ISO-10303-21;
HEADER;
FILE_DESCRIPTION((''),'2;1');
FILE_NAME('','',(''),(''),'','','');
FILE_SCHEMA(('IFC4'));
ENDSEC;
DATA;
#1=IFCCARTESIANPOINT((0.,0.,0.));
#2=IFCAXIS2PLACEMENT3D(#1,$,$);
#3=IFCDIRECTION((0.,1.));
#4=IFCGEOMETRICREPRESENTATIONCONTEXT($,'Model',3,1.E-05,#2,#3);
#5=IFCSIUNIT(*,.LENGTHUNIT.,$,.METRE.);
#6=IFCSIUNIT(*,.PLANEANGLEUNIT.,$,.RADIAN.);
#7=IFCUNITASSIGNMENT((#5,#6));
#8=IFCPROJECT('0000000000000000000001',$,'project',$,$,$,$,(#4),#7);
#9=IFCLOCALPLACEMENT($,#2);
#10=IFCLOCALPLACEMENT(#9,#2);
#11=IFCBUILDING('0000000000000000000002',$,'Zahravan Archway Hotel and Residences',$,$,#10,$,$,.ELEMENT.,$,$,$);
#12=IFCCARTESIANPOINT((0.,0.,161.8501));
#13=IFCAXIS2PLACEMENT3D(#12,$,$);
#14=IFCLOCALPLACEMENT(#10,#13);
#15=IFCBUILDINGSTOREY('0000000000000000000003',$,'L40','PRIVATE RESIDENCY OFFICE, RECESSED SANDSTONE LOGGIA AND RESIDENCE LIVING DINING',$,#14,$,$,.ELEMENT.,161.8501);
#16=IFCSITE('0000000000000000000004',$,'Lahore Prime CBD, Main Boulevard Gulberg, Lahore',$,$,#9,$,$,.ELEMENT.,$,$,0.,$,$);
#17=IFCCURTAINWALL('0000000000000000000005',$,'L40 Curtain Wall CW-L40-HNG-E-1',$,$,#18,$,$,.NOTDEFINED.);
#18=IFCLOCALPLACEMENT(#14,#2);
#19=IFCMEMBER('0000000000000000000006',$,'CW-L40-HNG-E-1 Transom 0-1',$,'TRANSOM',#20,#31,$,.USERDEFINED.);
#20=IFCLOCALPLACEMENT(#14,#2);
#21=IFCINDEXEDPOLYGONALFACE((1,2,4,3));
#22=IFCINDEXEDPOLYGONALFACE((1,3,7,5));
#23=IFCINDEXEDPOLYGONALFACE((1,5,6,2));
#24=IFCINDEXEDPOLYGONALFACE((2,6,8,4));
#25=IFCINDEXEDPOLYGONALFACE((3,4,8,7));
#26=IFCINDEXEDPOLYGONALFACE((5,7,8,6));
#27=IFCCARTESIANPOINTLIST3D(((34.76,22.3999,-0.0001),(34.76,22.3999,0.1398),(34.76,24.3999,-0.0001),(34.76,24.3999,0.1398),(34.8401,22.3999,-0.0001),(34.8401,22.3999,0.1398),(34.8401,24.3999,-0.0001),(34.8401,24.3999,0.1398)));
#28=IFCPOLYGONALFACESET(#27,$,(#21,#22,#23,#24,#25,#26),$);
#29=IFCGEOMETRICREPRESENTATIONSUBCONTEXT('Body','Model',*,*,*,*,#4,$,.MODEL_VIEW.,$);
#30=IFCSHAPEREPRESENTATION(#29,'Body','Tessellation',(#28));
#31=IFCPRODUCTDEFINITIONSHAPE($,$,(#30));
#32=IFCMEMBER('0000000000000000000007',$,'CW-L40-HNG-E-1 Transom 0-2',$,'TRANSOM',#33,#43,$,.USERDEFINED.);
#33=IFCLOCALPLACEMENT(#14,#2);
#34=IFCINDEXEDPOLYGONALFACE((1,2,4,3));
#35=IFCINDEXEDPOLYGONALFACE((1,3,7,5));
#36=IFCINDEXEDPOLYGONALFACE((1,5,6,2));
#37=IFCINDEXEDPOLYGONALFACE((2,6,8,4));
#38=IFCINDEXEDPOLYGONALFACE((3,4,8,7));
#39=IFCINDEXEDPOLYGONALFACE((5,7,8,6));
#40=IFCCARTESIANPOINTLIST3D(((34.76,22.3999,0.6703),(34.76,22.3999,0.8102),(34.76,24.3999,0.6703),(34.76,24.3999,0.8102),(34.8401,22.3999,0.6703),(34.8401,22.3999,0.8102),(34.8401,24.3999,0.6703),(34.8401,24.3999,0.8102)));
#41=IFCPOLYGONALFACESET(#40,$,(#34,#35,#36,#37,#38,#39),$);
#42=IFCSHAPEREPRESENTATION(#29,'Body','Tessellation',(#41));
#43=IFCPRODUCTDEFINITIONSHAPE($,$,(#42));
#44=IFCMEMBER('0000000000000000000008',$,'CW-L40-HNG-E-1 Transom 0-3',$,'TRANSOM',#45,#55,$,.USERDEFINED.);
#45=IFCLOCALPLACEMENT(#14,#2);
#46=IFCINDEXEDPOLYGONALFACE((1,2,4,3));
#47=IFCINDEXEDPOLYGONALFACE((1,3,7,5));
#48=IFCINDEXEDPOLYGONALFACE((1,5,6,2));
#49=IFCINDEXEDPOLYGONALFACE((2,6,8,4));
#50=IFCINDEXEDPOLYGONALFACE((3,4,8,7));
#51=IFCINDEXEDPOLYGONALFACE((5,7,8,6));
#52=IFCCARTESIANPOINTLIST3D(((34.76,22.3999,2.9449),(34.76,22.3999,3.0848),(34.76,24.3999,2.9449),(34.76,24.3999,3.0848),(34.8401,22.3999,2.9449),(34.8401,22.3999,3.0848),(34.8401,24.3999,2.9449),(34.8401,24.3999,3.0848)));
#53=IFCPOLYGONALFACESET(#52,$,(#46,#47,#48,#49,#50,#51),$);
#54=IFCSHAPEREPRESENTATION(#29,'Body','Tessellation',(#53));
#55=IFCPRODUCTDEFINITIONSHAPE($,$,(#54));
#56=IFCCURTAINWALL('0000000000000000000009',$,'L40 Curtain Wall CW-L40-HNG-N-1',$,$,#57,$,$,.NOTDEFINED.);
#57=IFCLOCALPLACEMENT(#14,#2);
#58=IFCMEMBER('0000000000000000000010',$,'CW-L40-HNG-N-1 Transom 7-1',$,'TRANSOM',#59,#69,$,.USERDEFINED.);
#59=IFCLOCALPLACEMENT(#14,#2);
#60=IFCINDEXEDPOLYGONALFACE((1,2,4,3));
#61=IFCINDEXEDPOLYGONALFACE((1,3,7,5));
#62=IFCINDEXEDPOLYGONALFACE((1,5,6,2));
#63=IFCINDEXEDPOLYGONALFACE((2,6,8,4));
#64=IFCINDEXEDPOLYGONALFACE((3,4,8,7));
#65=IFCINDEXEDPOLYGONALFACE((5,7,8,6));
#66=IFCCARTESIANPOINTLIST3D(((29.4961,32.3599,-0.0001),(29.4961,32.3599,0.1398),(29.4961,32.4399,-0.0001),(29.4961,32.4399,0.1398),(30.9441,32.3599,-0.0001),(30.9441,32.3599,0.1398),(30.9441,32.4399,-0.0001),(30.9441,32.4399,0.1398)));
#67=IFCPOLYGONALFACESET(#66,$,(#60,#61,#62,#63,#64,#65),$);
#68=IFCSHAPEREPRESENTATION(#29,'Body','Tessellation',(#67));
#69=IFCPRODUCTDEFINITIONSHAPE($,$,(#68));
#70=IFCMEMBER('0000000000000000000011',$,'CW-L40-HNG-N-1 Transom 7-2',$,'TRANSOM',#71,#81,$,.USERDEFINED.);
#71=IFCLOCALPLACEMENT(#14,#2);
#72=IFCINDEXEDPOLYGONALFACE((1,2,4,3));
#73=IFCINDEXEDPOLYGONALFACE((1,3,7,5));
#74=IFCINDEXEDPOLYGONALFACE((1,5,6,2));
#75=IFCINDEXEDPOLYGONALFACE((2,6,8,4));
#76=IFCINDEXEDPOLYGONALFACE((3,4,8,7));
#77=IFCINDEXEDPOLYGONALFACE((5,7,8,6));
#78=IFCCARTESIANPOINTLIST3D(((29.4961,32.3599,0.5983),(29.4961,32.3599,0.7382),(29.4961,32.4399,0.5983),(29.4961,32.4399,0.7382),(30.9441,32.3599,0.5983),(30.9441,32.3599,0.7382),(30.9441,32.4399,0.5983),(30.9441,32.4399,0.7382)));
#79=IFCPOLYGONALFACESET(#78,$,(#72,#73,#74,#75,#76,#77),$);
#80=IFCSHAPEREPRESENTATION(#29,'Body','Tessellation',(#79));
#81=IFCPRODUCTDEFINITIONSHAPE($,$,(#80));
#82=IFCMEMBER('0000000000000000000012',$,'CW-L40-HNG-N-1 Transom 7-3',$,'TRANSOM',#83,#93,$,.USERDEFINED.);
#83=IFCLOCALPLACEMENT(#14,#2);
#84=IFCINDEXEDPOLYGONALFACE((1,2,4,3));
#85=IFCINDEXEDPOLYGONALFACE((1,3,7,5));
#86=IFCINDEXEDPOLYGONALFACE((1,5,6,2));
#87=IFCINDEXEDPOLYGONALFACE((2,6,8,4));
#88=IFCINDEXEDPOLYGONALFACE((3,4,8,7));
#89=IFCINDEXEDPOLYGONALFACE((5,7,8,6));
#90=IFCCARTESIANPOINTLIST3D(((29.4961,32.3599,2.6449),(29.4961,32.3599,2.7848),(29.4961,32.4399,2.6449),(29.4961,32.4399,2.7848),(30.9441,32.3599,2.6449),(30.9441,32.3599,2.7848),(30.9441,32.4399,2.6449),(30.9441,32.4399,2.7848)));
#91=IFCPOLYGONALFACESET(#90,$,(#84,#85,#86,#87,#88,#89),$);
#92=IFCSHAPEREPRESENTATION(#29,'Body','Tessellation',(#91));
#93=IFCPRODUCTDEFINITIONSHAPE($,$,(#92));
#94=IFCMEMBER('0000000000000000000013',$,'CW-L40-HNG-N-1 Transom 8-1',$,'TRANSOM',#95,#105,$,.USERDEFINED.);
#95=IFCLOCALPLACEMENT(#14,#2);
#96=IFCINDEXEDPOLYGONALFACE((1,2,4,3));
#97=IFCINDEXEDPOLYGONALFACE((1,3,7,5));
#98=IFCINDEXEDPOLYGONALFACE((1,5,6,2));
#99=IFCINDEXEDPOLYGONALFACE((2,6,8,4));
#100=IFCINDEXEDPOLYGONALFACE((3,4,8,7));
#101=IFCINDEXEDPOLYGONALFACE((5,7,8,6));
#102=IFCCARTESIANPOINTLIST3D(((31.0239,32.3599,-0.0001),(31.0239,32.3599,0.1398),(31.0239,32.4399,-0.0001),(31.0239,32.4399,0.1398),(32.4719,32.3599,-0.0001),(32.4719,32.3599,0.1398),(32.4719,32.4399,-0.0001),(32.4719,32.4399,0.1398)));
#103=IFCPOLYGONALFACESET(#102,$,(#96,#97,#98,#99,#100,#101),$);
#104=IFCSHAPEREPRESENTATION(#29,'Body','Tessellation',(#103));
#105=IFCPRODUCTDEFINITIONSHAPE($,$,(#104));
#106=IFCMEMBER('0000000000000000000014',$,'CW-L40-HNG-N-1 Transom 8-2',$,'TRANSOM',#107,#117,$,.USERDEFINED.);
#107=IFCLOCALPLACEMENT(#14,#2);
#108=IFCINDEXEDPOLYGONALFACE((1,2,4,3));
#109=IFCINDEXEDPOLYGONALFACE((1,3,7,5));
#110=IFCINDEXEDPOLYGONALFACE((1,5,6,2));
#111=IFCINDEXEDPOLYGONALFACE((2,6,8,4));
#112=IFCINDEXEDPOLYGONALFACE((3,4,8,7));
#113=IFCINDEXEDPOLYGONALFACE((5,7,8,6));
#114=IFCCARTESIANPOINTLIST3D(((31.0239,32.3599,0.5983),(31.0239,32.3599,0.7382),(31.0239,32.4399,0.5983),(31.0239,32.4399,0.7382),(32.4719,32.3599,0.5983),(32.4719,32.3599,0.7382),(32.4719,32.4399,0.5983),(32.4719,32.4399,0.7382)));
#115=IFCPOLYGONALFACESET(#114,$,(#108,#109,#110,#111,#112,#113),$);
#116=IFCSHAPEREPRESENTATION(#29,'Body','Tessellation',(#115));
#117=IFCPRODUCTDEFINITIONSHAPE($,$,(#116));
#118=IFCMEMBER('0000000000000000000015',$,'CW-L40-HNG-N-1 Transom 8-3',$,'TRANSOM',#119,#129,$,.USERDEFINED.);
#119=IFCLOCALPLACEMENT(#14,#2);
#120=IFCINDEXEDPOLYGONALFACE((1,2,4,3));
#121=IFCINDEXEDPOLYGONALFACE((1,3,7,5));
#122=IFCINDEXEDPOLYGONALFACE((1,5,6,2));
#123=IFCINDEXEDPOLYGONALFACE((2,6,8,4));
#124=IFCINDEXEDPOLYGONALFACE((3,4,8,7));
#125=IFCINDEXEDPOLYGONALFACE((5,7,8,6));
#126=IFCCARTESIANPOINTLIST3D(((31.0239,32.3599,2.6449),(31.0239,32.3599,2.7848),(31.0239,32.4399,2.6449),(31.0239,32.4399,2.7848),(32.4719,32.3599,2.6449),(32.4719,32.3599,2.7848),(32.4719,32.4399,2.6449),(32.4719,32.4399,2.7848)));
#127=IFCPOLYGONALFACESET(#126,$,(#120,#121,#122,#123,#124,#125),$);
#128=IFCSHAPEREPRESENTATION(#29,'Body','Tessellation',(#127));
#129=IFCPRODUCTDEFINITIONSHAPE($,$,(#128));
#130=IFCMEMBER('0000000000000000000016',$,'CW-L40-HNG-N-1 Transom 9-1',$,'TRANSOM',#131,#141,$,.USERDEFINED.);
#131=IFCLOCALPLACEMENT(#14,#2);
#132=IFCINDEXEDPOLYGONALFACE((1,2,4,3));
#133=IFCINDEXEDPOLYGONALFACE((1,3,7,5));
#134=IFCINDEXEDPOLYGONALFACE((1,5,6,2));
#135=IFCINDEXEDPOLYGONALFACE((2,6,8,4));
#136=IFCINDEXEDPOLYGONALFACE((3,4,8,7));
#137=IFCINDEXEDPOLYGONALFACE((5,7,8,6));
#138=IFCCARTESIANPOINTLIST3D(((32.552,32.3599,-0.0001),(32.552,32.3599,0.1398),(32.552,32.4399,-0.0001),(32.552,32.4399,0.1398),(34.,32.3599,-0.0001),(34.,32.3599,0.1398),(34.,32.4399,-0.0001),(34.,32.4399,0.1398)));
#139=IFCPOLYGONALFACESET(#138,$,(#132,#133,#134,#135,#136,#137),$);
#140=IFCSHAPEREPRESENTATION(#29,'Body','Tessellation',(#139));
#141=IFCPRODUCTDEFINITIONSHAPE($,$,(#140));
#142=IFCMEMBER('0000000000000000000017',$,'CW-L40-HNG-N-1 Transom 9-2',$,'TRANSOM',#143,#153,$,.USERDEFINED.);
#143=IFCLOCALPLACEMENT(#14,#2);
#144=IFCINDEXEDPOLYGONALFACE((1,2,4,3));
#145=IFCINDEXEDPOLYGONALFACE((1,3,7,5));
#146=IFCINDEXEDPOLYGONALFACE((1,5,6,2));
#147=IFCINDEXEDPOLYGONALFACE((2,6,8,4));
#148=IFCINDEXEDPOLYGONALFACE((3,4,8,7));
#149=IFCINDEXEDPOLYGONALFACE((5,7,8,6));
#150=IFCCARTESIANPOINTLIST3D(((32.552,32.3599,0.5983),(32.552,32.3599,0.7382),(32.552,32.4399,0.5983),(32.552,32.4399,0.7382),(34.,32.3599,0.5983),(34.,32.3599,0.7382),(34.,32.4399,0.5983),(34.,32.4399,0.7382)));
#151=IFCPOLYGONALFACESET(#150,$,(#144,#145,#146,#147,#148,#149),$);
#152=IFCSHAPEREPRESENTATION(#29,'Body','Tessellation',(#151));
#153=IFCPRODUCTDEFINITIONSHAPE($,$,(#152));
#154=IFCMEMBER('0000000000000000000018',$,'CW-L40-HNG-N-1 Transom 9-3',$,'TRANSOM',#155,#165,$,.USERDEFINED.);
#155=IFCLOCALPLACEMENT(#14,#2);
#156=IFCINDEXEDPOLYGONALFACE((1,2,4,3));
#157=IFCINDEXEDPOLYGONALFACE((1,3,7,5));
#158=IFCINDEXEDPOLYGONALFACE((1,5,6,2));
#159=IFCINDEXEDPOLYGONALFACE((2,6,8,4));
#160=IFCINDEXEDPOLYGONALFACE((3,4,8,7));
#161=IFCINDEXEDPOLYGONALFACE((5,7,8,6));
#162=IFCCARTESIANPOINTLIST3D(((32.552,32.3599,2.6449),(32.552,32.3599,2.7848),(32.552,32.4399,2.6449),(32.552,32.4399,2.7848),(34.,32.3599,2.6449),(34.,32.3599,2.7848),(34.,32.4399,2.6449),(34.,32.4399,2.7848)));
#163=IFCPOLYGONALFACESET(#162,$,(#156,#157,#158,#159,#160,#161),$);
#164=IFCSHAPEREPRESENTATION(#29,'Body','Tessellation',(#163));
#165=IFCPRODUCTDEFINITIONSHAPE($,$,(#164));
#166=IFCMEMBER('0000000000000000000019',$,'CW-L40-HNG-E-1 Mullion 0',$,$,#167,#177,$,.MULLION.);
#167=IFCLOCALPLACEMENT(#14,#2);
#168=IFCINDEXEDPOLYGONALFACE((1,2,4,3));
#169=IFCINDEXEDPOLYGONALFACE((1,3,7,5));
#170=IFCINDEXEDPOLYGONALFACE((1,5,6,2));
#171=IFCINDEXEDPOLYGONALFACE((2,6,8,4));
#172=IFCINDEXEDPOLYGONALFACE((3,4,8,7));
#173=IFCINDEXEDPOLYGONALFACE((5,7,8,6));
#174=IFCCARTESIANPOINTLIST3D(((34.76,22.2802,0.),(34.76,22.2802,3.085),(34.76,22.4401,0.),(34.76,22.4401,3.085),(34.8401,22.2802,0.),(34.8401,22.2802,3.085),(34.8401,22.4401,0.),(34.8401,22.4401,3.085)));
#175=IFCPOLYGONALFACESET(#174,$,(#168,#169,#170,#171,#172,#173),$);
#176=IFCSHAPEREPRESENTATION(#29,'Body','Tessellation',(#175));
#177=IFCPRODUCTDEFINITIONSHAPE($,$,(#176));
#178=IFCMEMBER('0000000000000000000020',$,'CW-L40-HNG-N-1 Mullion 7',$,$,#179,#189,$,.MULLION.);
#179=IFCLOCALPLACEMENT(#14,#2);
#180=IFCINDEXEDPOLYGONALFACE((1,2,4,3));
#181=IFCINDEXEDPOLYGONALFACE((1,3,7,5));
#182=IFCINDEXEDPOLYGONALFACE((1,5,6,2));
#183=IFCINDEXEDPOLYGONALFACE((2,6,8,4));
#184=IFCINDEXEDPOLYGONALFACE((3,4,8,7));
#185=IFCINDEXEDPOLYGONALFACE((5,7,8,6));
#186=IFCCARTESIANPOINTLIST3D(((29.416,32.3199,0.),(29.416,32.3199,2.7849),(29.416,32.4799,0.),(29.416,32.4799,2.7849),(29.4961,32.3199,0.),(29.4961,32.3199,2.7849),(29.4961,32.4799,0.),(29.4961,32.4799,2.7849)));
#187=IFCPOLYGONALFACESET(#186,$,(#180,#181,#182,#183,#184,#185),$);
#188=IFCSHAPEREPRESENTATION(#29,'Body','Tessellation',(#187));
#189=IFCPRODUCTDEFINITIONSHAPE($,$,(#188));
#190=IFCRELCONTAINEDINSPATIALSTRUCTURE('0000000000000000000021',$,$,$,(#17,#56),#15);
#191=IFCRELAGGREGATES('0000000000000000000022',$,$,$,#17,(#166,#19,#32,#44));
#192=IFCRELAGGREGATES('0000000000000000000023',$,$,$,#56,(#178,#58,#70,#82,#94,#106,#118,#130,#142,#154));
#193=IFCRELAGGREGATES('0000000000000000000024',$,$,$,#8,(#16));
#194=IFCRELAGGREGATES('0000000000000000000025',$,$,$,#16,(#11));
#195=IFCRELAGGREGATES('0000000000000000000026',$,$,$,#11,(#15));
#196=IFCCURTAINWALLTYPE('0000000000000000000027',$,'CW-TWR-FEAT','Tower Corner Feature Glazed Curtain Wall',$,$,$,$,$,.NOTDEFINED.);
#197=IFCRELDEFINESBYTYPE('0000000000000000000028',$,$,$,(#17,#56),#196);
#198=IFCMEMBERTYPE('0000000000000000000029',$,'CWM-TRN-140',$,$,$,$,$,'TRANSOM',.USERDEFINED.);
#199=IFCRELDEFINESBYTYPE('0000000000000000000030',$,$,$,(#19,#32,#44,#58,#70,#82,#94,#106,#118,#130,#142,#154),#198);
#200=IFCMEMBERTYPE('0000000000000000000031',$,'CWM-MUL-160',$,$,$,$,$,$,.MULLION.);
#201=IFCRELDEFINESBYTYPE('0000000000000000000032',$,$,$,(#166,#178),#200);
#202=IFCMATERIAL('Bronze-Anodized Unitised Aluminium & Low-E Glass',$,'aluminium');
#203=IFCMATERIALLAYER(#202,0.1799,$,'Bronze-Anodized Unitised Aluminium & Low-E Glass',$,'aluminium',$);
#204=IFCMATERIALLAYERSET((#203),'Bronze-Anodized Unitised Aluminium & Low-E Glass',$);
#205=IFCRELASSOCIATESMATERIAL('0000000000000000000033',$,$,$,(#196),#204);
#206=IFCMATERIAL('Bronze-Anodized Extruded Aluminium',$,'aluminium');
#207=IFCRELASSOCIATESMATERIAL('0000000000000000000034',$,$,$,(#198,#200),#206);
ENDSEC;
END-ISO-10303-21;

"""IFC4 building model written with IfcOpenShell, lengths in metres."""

from ifc_helpers import new_model, si_unit, direction, frame, origin, origin_2d, place, context, subcontext, project, spatial, rectangle, extrude, source, transform, mapped, material, layer, layer_set, material_profile, profile_set, type_object, element, aggregate, save


model = new_model("IFC4")

# Units and contexts
model_context = context("Model", 3, precision=1e-05, world=origin(), true_north=direction((0.0, 1.0)))
body_context = subcontext(model_context, "Body", "Model", "MODEL_VIEW")
ifc_project = project(units=[si_unit("LENGTHUNIT", "METRE"), si_unit("PLANEANGLEUNIT", "RADIAN")], contexts=[model_context])

# Site, building, storey
site_placement = place(None, origin())
site = spatial("IfcSite", under=ifc_project, at=site_placement, Name="Lahore Prime CBD, Main Boulevard Gulberg, Lahore", CompositionType="ELEMENT", RefElevation=0.0)
building_placement = place(site_placement, origin())
building = spatial("IfcBuilding", under=site, at=building_placement, Name="Zahravan Archway Hotel and Residences", CompositionType="ELEMENT")
storey_placement = place(building_placement, frame((0.0, 0.0, 161.8501)))
storey = spatial("IfcBuildingStorey", under=building, at=storey_placement, Name="L40", Description="PRIVATE RESIDENCY OFFICE, RECESSED SANDSTONE LOGGIA AND RESIDENCE LIVING DINING", CompositionType="ELEMENT", Elevation=161.8501)

# Curtain walls, members
ifc_material_1 = material(Name="Bronze-Anodized Unitised Aluminium & Low-E Glass", Category="aluminium")
ifc_layer_1 = layer(ifc_material_1, 0.1799, Name="Bronze-Anodized Unitised Aluminium & Low-E Glass", Category="aluminium")
ifc_layer_set_1 = layer_set([ifc_layer_1], Name="Bronze-Anodized Unitised Aluminium & Low-E Glass")
curtain_wall_type_1 = type_object("IfcCurtainWallType", Name="CW-TWR-FEAT", Description="Tower Corner Feature Glazed Curtain Wall", PredefinedType="NOTDEFINED", material=ifc_layer_set_1)
curtain_wall_1_placement = place(storey_placement, origin())
curtain_wall_1 = element("IfcCurtainWall", 1, at=curtain_wall_1_placement, inside=storey, type_object=curtain_wall_type_1, Name="L40 Curtain Wall CW-L40-HNG-E-1", PredefinedType="NOTDEFINED")
ifc_material_2 = material(Name="Bronze-Anodized Extruded Aluminium", Category="aluminium")
ifc_material_profile_1 = material_profile(ifc_material_2, rectangle(XDim=0.0801, YDim=0.1399, at=origin_2d()), Name="TRN 80x140", Category="aluminium")
ifc_profile_set_1 = profile_set([ifc_material_profile_1], Name="Bronze-Anodized Extruded Aluminium")
member_type_1 = type_object("IfcMemberType", Name="CWM-TRN-140", ElementType="TRANSOM", PredefinedType="USERDEFINED", material=ifc_profile_set_1)
shared_shape_1 = source(origin(), body_context, "Body", "SweptSolid", [
    extrude(rectangle(XDim=0.0801, YDim=0.1399, at=origin_2d()), origin(), (0.0, 0.0, 1.0), 2.0),
])
member_1_placement = place(storey_placement, frame((34.8, 22.3999, 0.0698), z_axis=(0.0, 1.0, 0.0), x_axis=(-1.0, 0.0, 0.0)))
member_1 = element("IfcMember", 2, at=member_1_placement, type_object=member_type_1, Name="CW-L40-HNG-E-1 Transom 0-1", ObjectType="TRANSOM", PredefinedType="USERDEFINED", context=body_context, shape_type="MappedRepresentation", body=[
    mapped(shared_shape_1, transform((0.0, 0.0, 0.0), scale=1.0)),
])
member_2_placement = place(storey_placement, frame((34.8, 22.3999, 0.7402), z_axis=(0.0, 1.0, 0.0), x_axis=(-1.0, 0.0, 0.0)))
member_2 = element("IfcMember", 3, at=member_2_placement, type_object=member_type_1, Name="CW-L40-HNG-E-1 Transom 0-2", ObjectType="TRANSOM", PredefinedType="USERDEFINED", context=body_context, shape_type="MappedRepresentation", body=[
    mapped(shared_shape_1, transform((0.0, 0.0, 0.0), scale=1.0)),
])
member_3_placement = place(storey_placement, frame((34.8, 22.3999, 3.0149), z_axis=(0.0, 1.0, 0.0), x_axis=(-1.0, 0.0, 0.0)))
member_3 = element("IfcMember", 4, at=member_3_placement, type_object=member_type_1, Name="CW-L40-HNG-E-1 Transom 0-3", ObjectType="TRANSOM", PredefinedType="USERDEFINED", context=body_context, shape_type="MappedRepresentation", body=[
    mapped(shared_shape_1, transform((0.0, 0.0, 0.0), scale=1.0)),
])
curtain_wall_2_placement = place(storey_placement, origin())
curtain_wall_2 = element("IfcCurtainWall", 5, at=curtain_wall_2_placement, inside=storey, type_object=curtain_wall_type_1, Name="L40 Curtain Wall CW-L40-HNG-N-1", PredefinedType="NOTDEFINED")
shared_shape_2 = source(origin(), body_context, "Body", "SweptSolid", [
    extrude(rectangle(XDim=0.0801, YDim=0.1399, at=origin_2d()), origin(), (0.0, 0.0, 1.0), 1.448),
])
member_4_placement = place(storey_placement, frame((29.4961, 32.3999, 0.0698), z_axis=(1.0, 0.0, 0.0), x_axis=(0.0, 1.0, 0.0)))
member_4 = element("IfcMember", 6, at=member_4_placement, type_object=member_type_1, Name="CW-L40-HNG-N-1 Transom 7-1", ObjectType="TRANSOM", PredefinedType="USERDEFINED", context=body_context, shape_type="MappedRepresentation", body=[
    mapped(shared_shape_2, transform((0.0, 0.0, 0.0), scale=1.0)),
])
member_5_placement = place(storey_placement, frame((29.4961, 32.3999, 0.6682), z_axis=(1.0, 0.0, 0.0), x_axis=(0.0, 1.0, 0.0)))
member_5 = element("IfcMember", 7, at=member_5_placement, type_object=member_type_1, Name="CW-L40-HNG-N-1 Transom 7-2", ObjectType="TRANSOM", PredefinedType="USERDEFINED", context=body_context, shape_type="MappedRepresentation", body=[
    mapped(shared_shape_2, transform((0.0, 0.0, 0.0), scale=1.0)),
])
member_6_placement = place(storey_placement, frame((29.4961, 32.3999, 2.7148), z_axis=(1.0, 0.0, 0.0), x_axis=(0.0, 1.0, 0.0)))
member_6 = element("IfcMember", 8, at=member_6_placement, type_object=member_type_1, Name="CW-L40-HNG-N-1 Transom 7-3", ObjectType="TRANSOM", PredefinedType="USERDEFINED", context=body_context, shape_type="MappedRepresentation", body=[
    mapped(shared_shape_2, transform((0.0, 0.0, 0.0), scale=1.0)),
])
member_7_placement = place(storey_placement, frame((31.0239, 32.3999, 0.0698), z_axis=(1.0, 0.0, 0.0), x_axis=(0.0, 1.0, 0.0)))
member_7 = element("IfcMember", 9, at=member_7_placement, type_object=member_type_1, Name="CW-L40-HNG-N-1 Transom 8-1", ObjectType="TRANSOM", PredefinedType="USERDEFINED", context=body_context, shape_type="MappedRepresentation", body=[
    mapped(shared_shape_2, transform((0.0, 0.0, 0.0), scale=1.0)),
])
member_8_placement = place(storey_placement, frame((31.0239, 32.3999, 0.6682), z_axis=(1.0, 0.0, 0.0), x_axis=(0.0, 1.0, 0.0)))
member_8 = element("IfcMember", 10, at=member_8_placement, type_object=member_type_1, Name="CW-L40-HNG-N-1 Transom 8-2", ObjectType="TRANSOM", PredefinedType="USERDEFINED", context=body_context, shape_type="MappedRepresentation", body=[
    mapped(shared_shape_2, transform((0.0, 0.0, 0.0), scale=1.0)),
])
member_9_placement = place(storey_placement, frame((31.0239, 32.3999, 2.7148), z_axis=(1.0, 0.0, 0.0), x_axis=(0.0, 1.0, 0.0)))
member_9 = element("IfcMember", 11, at=member_9_placement, type_object=member_type_1, Name="CW-L40-HNG-N-1 Transom 8-3", ObjectType="TRANSOM", PredefinedType="USERDEFINED", context=body_context, shape_type="MappedRepresentation", body=[
    mapped(shared_shape_2, transform((0.0, 0.0, 0.0), scale=1.0)),
])
member_10_placement = place(storey_placement, frame((32.552, 32.3999, 0.0698), z_axis=(1.0, 0.0, 0.0), x_axis=(0.0, 1.0, 0.0)))
member_10 = element("IfcMember", 12, at=member_10_placement, type_object=member_type_1, Name="CW-L40-HNG-N-1 Transom 9-1", ObjectType="TRANSOM", PredefinedType="USERDEFINED", context=body_context, shape_type="MappedRepresentation", body=[
    mapped(shared_shape_2, transform((0.0, 0.0, 0.0), scale=1.0)),
])
member_11_placement = place(storey_placement, frame((32.552, 32.3999, 0.6682), z_axis=(1.0, 0.0, 0.0), x_axis=(0.0, 1.0, 0.0)))
member_11 = element("IfcMember", 13, at=member_11_placement, type_object=member_type_1, Name="CW-L40-HNG-N-1 Transom 9-2", ObjectType="TRANSOM", PredefinedType="USERDEFINED", context=body_context, shape_type="MappedRepresentation", body=[
    mapped(shared_shape_2, transform((0.0, 0.0, 0.0), scale=1.0)),
])
member_12_placement = place(storey_placement, frame((32.552, 32.3999, 2.7148), z_axis=(1.0, 0.0, 0.0), x_axis=(0.0, 1.0, 0.0)))
member_12 = element("IfcMember", 14, at=member_12_placement, type_object=member_type_1, Name="CW-L40-HNG-N-1 Transom 9-3", ObjectType="TRANSOM", PredefinedType="USERDEFINED", context=body_context, shape_type="MappedRepresentation", body=[
    mapped(shared_shape_2, transform((0.0, 0.0, 0.0), scale=1.0)),
])

# Members
ifc_material_profile_2 = material_profile(ifc_material_2, rectangle(XDim=0.0801, YDim=0.1599, at=origin_2d()), Name="MUL 80x160", Category="aluminium")
ifc_profile_set_2 = profile_set([ifc_material_profile_2], Name="Bronze-Anodized Extruded Aluminium")
member_type_2 = type_object("IfcMemberType", Name="CWM-MUL-160", PredefinedType="MULLION", material=ifc_profile_set_2)
shared_shape_3 = source(origin(), body_context, "Body", "SweptSolid", [
    extrude(rectangle(XDim=0.0801, YDim=0.1599, at=origin_2d()), origin(), (0.0, 0.0, 1.0), 3.085),
])
member_13_placement = place(storey_placement, frame((34.8, 22.3601, 0.0), z_axis=(0.0, 0.0, 1.0), x_axis=(1.0, 0.0, 0.0)))
member_13 = element("IfcMember", 15, at=member_13_placement, type_object=member_type_2, Name="CW-L40-HNG-E-1 Mullion 0", PredefinedType="MULLION", context=body_context, shape_type="MappedRepresentation", body=[
    mapped(shared_shape_3, transform((0.0, 0.0, 0.0), scale=1.0)),
])
shared_shape_4 = source(origin(), body_context, "Body", "SweptSolid", [
    extrude(rectangle(XDim=0.0801, YDim=0.1599, at=origin_2d()), origin(), (0.0, 0.0, 1.0), 2.7849),
])
member_14_placement = place(storey_placement, frame((29.4561, 32.3999, 0.0), z_axis=(0.0, 0.0, 1.0), x_axis=(1.0, 0.0, 0.0)))
member_14 = element("IfcMember", 16, at=member_14_placement, type_object=member_type_2, Name="CW-L40-HNG-N-1 Mullion 7", PredefinedType="MULLION", context=body_context, shape_type="MappedRepresentation", body=[
    mapped(shared_shape_4, transform((0.0, 0.0, 0.0), scale=1.0)),
])

aggregate(curtain_wall_1, [member_13, member_1, member_2, member_3])
aggregate(curtain_wall_2, [member_14, member_4, member_5, member_6, member_7, member_8, member_9, member_10, member_11, member_12])

save(model, "model.ifc")
